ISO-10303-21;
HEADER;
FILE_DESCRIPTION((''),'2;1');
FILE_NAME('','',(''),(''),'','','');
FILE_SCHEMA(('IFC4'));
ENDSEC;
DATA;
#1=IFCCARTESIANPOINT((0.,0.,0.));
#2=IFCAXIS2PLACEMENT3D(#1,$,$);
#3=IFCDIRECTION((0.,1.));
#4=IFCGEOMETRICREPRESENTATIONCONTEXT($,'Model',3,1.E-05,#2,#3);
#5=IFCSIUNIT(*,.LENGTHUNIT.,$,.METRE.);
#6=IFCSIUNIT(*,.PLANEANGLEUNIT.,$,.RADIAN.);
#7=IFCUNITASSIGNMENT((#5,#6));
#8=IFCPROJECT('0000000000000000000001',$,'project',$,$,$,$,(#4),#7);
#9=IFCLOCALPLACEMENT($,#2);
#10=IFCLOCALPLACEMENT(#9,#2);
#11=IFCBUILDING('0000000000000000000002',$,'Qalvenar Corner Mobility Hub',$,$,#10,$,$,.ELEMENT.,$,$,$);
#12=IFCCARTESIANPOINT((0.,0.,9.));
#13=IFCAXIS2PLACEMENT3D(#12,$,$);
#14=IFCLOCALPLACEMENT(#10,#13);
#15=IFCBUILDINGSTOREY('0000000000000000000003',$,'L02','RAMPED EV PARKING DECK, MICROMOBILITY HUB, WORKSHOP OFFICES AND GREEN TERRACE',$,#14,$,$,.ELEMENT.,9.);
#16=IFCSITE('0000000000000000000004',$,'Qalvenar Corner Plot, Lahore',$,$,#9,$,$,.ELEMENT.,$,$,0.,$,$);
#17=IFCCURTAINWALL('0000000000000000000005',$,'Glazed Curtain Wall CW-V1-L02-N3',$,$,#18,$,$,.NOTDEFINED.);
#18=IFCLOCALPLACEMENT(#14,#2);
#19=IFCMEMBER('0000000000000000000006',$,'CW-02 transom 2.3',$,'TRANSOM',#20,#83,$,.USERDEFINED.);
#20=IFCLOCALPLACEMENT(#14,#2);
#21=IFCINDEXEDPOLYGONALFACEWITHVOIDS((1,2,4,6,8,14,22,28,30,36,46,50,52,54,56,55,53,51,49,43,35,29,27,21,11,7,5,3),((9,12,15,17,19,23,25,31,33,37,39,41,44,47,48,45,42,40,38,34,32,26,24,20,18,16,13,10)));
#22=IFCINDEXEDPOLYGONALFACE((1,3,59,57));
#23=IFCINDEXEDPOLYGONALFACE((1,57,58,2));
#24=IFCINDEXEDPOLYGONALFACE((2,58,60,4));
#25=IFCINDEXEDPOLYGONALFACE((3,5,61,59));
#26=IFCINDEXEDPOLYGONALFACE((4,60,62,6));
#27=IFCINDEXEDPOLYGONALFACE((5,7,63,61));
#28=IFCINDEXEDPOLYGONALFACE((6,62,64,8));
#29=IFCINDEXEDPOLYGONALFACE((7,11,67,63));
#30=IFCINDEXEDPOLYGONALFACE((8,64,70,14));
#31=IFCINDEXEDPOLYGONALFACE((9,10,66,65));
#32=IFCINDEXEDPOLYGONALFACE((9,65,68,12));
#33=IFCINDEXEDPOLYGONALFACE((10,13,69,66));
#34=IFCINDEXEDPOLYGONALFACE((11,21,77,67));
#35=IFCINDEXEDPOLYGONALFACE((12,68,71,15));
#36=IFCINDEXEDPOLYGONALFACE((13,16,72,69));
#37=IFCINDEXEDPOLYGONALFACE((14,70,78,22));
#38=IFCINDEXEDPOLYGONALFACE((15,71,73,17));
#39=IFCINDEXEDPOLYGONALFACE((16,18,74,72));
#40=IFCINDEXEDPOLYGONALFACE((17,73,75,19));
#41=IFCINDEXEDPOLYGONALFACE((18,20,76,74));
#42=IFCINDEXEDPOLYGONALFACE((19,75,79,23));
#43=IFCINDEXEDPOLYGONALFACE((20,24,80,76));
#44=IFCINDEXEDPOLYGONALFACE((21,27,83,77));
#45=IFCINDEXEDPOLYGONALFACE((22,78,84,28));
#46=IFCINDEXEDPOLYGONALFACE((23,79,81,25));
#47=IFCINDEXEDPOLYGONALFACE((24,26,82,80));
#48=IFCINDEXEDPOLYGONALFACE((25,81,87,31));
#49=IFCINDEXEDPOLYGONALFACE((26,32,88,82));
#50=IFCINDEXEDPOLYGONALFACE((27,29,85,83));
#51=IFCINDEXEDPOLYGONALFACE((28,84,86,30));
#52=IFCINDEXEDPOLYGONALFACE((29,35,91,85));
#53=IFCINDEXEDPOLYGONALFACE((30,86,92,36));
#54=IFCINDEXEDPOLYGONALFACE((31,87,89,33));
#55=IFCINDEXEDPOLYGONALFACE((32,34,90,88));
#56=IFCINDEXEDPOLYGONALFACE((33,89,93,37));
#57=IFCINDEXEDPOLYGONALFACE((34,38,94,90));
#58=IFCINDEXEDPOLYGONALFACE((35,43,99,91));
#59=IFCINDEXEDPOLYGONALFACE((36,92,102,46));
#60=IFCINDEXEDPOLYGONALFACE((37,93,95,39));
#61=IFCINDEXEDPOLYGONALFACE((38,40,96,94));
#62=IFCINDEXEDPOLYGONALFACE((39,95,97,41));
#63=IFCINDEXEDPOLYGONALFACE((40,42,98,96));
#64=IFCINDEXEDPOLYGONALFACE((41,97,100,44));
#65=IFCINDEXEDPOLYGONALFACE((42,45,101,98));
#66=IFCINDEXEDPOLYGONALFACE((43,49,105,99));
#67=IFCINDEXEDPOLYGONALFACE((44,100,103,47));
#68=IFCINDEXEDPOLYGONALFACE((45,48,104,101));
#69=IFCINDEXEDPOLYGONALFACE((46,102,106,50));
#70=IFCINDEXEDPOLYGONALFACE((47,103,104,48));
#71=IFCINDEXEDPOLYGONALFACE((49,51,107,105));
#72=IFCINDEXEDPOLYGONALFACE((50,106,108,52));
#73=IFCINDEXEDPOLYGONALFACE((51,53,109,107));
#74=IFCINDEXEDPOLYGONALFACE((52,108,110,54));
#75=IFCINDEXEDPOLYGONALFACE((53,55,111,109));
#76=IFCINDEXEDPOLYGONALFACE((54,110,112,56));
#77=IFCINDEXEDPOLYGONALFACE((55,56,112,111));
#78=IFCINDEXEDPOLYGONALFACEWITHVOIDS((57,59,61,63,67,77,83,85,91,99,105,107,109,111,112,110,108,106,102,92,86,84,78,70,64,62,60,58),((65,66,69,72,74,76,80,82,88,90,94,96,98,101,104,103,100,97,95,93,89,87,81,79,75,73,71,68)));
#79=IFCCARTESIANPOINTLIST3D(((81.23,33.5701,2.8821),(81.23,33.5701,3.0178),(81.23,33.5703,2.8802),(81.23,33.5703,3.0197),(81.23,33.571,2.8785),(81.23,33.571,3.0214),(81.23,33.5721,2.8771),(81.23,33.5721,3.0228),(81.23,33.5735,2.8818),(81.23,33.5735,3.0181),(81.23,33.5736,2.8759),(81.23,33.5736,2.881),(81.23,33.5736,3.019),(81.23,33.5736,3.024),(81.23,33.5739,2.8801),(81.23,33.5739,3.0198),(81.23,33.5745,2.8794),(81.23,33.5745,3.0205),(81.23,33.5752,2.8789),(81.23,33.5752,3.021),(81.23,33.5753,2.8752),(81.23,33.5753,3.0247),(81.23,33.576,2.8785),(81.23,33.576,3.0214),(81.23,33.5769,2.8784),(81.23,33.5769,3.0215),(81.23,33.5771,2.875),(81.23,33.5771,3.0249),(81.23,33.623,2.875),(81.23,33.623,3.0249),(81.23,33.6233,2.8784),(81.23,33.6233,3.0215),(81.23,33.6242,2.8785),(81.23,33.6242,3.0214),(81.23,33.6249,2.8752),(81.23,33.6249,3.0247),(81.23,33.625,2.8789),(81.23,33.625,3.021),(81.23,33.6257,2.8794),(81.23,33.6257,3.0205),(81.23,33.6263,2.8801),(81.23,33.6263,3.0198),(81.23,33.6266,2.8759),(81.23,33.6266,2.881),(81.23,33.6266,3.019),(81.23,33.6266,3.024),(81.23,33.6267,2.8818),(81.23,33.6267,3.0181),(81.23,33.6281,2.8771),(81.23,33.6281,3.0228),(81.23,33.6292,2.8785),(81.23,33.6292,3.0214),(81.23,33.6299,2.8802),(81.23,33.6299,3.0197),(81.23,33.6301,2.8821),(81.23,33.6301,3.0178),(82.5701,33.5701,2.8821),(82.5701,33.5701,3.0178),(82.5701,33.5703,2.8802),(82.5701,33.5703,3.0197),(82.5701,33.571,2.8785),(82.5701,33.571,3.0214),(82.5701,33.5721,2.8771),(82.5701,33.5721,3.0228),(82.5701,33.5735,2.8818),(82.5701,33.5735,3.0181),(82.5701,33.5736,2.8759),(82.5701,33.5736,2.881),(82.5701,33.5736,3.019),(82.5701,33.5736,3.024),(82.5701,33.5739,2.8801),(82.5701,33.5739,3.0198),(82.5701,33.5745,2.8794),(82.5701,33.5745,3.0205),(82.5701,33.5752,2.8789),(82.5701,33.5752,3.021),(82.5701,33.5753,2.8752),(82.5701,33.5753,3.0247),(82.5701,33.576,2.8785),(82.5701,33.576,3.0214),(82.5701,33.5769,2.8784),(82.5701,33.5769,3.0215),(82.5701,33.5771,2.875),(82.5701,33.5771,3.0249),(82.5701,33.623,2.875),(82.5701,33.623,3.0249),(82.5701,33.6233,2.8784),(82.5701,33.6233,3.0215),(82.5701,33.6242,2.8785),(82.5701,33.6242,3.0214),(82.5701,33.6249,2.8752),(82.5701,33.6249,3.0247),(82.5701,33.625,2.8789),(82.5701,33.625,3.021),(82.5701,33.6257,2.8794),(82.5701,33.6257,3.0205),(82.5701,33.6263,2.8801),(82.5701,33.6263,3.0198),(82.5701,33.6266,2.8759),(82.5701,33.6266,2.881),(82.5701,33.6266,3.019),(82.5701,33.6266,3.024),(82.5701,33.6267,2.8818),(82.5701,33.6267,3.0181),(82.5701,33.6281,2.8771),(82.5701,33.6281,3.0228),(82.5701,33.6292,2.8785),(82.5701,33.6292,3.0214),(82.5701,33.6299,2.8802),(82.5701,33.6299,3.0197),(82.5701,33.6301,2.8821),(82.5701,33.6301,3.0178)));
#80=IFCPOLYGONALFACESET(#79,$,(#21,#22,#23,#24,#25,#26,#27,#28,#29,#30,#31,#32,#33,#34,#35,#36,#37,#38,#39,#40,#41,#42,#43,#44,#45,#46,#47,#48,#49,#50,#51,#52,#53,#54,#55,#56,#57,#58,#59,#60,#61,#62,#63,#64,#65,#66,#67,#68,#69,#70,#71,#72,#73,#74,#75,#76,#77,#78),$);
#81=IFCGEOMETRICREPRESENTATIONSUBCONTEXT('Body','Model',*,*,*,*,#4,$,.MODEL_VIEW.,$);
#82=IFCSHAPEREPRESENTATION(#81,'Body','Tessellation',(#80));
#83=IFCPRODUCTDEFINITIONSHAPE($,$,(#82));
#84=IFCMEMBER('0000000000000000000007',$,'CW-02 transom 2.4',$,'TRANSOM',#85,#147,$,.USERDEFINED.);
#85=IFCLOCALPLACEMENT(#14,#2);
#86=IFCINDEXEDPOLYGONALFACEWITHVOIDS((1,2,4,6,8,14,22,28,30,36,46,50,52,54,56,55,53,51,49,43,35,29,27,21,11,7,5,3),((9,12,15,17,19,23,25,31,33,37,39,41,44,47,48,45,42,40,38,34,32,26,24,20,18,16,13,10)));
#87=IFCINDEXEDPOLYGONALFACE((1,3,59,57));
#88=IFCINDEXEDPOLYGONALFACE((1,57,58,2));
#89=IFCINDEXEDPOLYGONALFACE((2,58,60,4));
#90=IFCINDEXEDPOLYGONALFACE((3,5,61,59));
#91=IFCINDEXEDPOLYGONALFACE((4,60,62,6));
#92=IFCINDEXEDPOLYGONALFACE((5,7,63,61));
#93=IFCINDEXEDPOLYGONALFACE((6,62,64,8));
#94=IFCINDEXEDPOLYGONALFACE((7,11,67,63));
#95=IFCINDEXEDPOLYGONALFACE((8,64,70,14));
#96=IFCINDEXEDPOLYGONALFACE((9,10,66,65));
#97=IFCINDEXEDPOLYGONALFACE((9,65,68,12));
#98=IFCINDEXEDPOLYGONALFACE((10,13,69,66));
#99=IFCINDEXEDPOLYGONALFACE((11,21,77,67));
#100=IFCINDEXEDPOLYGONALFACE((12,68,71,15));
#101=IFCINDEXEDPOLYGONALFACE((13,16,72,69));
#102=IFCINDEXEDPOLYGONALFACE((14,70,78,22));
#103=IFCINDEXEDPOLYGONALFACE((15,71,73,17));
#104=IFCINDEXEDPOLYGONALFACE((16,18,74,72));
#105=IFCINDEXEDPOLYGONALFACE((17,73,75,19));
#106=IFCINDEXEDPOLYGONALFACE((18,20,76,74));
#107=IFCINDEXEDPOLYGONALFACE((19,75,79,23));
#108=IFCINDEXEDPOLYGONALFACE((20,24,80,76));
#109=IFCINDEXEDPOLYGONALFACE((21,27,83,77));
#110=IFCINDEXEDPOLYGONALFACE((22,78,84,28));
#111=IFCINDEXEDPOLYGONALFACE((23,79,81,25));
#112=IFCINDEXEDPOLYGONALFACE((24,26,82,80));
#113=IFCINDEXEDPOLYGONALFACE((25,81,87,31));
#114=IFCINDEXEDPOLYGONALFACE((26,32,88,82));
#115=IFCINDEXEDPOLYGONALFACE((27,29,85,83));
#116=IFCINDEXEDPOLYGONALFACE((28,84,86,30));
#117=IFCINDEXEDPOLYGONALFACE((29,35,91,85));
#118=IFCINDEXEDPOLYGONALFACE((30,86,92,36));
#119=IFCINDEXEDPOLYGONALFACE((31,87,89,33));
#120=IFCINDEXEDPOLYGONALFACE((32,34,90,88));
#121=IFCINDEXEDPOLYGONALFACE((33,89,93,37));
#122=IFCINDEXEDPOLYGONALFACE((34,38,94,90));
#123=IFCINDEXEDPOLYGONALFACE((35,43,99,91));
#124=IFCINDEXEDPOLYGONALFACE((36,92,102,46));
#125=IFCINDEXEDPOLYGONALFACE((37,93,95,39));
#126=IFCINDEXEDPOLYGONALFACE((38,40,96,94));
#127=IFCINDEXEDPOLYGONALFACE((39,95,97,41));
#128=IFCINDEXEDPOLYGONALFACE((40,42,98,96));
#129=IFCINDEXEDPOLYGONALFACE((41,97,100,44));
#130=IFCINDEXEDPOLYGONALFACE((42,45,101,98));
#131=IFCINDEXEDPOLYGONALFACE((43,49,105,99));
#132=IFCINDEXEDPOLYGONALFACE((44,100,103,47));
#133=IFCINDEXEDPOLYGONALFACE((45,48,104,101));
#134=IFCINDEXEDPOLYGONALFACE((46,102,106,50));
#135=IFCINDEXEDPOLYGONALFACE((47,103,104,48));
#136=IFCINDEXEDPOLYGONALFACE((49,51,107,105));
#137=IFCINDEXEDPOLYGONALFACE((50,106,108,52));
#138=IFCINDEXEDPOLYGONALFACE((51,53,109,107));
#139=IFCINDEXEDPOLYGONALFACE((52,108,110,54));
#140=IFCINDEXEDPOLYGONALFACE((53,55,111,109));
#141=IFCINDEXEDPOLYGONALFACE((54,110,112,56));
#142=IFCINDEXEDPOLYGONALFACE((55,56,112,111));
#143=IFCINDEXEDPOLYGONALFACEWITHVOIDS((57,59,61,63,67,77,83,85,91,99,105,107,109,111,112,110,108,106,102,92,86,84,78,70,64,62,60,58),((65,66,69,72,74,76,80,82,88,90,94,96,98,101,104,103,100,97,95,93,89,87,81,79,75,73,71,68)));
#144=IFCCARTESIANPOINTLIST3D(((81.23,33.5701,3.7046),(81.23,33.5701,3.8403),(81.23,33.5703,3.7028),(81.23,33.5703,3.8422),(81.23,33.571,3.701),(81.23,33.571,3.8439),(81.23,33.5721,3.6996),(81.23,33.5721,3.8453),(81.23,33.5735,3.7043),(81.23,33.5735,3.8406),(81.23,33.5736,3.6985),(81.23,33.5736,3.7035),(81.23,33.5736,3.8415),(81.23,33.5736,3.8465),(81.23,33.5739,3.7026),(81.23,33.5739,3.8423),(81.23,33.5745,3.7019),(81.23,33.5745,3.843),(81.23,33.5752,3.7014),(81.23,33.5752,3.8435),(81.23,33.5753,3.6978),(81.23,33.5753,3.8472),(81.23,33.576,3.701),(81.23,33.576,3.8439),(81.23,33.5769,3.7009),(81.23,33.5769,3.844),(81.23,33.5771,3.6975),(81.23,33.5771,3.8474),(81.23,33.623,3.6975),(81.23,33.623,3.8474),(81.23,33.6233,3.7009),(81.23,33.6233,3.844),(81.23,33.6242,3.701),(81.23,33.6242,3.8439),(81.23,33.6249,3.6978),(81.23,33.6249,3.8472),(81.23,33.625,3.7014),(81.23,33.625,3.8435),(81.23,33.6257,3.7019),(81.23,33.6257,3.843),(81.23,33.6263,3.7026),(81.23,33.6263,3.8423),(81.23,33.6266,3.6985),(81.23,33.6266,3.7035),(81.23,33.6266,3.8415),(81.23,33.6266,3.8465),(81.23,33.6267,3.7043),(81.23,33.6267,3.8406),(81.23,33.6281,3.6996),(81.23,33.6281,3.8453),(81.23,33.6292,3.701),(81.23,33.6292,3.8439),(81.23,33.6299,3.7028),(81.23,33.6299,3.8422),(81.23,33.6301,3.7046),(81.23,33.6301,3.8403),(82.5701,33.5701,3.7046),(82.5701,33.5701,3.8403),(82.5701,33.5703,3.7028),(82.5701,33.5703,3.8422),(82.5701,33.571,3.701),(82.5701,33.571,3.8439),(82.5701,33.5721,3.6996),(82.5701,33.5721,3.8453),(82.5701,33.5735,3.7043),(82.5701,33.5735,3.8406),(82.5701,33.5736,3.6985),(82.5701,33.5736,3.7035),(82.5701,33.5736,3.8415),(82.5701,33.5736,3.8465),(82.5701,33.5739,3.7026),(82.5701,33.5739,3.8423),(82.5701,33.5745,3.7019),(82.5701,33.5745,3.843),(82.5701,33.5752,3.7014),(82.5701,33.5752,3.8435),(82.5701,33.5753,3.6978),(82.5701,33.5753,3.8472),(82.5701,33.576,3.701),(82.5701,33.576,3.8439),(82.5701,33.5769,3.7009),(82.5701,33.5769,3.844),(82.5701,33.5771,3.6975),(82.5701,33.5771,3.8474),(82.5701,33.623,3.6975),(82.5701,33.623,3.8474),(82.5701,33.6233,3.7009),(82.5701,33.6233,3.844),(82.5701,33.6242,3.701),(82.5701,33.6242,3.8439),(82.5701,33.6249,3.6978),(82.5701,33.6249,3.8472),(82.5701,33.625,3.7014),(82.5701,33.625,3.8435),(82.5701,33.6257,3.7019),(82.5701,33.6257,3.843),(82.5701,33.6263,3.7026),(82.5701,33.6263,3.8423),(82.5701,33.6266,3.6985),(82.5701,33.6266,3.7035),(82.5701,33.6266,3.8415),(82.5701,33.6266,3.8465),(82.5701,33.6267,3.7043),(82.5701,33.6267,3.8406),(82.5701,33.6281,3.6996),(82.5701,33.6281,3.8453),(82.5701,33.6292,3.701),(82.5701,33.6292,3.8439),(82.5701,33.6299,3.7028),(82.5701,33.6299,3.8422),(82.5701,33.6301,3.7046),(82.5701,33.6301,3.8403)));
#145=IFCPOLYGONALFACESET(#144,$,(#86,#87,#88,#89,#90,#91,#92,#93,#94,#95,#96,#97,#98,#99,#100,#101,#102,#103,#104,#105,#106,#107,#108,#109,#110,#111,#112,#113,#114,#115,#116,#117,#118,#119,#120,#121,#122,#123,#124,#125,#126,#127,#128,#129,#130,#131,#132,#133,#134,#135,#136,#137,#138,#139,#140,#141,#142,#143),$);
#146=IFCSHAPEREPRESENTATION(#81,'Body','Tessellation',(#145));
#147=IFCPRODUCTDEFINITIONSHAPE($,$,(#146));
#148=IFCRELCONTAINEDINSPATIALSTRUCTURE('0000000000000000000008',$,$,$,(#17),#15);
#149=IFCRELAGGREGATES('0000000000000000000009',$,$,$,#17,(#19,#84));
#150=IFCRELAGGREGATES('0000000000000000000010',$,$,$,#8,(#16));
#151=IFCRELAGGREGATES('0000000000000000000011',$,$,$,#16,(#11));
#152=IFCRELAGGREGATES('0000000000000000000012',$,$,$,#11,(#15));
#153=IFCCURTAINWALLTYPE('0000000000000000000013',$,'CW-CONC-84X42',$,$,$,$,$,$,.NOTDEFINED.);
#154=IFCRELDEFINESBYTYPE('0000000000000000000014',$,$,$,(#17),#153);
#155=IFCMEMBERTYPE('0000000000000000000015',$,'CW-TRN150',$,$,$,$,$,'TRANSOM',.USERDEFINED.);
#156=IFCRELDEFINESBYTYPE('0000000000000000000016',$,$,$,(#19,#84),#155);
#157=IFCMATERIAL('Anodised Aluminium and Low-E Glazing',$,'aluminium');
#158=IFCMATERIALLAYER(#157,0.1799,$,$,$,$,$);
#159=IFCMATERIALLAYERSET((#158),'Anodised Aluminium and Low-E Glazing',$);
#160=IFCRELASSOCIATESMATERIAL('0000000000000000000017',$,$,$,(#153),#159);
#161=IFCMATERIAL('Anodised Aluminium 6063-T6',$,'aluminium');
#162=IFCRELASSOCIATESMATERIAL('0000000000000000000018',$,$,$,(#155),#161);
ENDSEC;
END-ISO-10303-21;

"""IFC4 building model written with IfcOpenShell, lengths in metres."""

from ifc_helpers import new_model, si_unit, direction, frame, origin, origin_2d, place, context, subcontext, project, spatial, hollow_rectangle, extrude, material, layer, layer_set, material_profile, profile_set, type_object, element, aggregate, save


model = new_model("IFC4")

# Units and contexts
model_context = context("Model", 3, precision=1e-05, world=origin(), true_north=direction((0.0, 1.0)))
body_context = subcontext(model_context, "Body", "Model", "MODEL_VIEW")
ifc_project = project(units=[si_unit("LENGTHUNIT", "METRE"), si_unit("PLANEANGLEUNIT", "RADIAN")], contexts=[model_context])

# Site, building, storey
site_placement = place(None, origin())
site = spatial("IfcSite", under=ifc_project, at=site_placement, Name="Qalvenar Corner Plot, Lahore", CompositionType="ELEMENT", RefElevation=0.0)
building_placement = place(site_placement, origin())
building = spatial("IfcBuilding", under=site, at=building_placement, Name="Qalvenar Corner Mobility Hub", CompositionType="ELEMENT")
storey_placement = place(building_placement, frame((0.0, 0.0, 9.0)))
storey = spatial("IfcBuildingStorey", under=building, at=storey_placement, Name="L02", Description="RAMPED EV PARKING DECK, MICROMOBILITY HUB, WORKSHOP OFFICES AND GREEN TERRACE", CompositionType="ELEMENT", Elevation=9.0)

# Curtain wall
ifc_material_1 = material(Name="Anodised Aluminium and Low-E Glazing", Category="aluminium")
ifc_layer_1 = layer(ifc_material_1, 0.1799)
ifc_layer_set_1 = layer_set([ifc_layer_1], Name="Anodised Aluminium and Low-E Glazing")
curtain_wall_type = type_object("IfcCurtainWallType", Name="CW-CONC-84X42", PredefinedType="NOTDEFINED", material=ifc_layer_set_1)
curtain_wall_1_placement = place(storey_placement, origin())
curtain_wall_1 = element("IfcCurtainWall", 1, at=curtain_wall_1_placement, inside=storey, type_object=curtain_wall_type, Name="Glazed Curtain Wall CW-V1-L02-N3", PredefinedType="NOTDEFINED")
ifc_material_2 = material(Name="Anodised Aluminium 6063-T6", Category="aluminium")

# Members
ifc_material_profile_1 = material_profile(ifc_material_2, hollow_rectangle(XDim=0.0601, YDim=0.1499, WallThickness=0.0034, InnerFilletRadius=0.0034, OuterFilletRadius=0.0071, at=origin_2d()), Name="RHS150x60x3.5")
ifc_profile_set_1 = profile_set([ifc_material_profile_1], Name="Anodised Aluminium 6063-T6")
member_type_1 = type_object("IfcMemberType", Name="CW-TRN150", ElementType="TRANSOM", PredefinedType="USERDEFINED", material=ifc_profile_set_1)
member_1_placement = place(storey_placement, frame((82.5701, 33.6001, 2.95), z_axis=(-1.0, 0.0, 0.0), x_axis=(0.0, -1.0, 0.0)))
member_1 = element("IfcMember", 2, at=member_1_placement, type_object=member_type_1, Name="CW-02 transom 2.3", ObjectType="TRANSOM", PredefinedType="USERDEFINED", context=body_context, shape_type="SweptSolid", body=[
    extrude(hollow_rectangle(XDim=0.0601, YDim=0.1499, WallThickness=0.0034, InnerFilletRadius=0.0034, OuterFilletRadius=0.0071, at=origin_2d()), origin(), (0.0, 0.0, 1.0), 1.3401),
])
member_2_placement = place(storey_placement, frame((82.5701, 33.6001, 3.7725), z_axis=(-1.0, 0.0, 0.0), x_axis=(0.0, -1.0, 0.0)))
member_2 = element("IfcMember", 3, at=member_2_placement, type_object=member_type_1, Name="CW-02 transom 2.4", ObjectType="TRANSOM", PredefinedType="USERDEFINED", context=body_context, shape_type="SweptSolid", body=[
    extrude(hollow_rectangle(XDim=0.0601, YDim=0.1499, WallThickness=0.0034, InnerFilletRadius=0.0034, OuterFilletRadius=0.0071, at=origin_2d()), origin(), (0.0, 0.0, 1.0), 1.3401),
])

aggregate(curtain_wall_1, [member_1, member_2])

save(model, "model.ifc")
